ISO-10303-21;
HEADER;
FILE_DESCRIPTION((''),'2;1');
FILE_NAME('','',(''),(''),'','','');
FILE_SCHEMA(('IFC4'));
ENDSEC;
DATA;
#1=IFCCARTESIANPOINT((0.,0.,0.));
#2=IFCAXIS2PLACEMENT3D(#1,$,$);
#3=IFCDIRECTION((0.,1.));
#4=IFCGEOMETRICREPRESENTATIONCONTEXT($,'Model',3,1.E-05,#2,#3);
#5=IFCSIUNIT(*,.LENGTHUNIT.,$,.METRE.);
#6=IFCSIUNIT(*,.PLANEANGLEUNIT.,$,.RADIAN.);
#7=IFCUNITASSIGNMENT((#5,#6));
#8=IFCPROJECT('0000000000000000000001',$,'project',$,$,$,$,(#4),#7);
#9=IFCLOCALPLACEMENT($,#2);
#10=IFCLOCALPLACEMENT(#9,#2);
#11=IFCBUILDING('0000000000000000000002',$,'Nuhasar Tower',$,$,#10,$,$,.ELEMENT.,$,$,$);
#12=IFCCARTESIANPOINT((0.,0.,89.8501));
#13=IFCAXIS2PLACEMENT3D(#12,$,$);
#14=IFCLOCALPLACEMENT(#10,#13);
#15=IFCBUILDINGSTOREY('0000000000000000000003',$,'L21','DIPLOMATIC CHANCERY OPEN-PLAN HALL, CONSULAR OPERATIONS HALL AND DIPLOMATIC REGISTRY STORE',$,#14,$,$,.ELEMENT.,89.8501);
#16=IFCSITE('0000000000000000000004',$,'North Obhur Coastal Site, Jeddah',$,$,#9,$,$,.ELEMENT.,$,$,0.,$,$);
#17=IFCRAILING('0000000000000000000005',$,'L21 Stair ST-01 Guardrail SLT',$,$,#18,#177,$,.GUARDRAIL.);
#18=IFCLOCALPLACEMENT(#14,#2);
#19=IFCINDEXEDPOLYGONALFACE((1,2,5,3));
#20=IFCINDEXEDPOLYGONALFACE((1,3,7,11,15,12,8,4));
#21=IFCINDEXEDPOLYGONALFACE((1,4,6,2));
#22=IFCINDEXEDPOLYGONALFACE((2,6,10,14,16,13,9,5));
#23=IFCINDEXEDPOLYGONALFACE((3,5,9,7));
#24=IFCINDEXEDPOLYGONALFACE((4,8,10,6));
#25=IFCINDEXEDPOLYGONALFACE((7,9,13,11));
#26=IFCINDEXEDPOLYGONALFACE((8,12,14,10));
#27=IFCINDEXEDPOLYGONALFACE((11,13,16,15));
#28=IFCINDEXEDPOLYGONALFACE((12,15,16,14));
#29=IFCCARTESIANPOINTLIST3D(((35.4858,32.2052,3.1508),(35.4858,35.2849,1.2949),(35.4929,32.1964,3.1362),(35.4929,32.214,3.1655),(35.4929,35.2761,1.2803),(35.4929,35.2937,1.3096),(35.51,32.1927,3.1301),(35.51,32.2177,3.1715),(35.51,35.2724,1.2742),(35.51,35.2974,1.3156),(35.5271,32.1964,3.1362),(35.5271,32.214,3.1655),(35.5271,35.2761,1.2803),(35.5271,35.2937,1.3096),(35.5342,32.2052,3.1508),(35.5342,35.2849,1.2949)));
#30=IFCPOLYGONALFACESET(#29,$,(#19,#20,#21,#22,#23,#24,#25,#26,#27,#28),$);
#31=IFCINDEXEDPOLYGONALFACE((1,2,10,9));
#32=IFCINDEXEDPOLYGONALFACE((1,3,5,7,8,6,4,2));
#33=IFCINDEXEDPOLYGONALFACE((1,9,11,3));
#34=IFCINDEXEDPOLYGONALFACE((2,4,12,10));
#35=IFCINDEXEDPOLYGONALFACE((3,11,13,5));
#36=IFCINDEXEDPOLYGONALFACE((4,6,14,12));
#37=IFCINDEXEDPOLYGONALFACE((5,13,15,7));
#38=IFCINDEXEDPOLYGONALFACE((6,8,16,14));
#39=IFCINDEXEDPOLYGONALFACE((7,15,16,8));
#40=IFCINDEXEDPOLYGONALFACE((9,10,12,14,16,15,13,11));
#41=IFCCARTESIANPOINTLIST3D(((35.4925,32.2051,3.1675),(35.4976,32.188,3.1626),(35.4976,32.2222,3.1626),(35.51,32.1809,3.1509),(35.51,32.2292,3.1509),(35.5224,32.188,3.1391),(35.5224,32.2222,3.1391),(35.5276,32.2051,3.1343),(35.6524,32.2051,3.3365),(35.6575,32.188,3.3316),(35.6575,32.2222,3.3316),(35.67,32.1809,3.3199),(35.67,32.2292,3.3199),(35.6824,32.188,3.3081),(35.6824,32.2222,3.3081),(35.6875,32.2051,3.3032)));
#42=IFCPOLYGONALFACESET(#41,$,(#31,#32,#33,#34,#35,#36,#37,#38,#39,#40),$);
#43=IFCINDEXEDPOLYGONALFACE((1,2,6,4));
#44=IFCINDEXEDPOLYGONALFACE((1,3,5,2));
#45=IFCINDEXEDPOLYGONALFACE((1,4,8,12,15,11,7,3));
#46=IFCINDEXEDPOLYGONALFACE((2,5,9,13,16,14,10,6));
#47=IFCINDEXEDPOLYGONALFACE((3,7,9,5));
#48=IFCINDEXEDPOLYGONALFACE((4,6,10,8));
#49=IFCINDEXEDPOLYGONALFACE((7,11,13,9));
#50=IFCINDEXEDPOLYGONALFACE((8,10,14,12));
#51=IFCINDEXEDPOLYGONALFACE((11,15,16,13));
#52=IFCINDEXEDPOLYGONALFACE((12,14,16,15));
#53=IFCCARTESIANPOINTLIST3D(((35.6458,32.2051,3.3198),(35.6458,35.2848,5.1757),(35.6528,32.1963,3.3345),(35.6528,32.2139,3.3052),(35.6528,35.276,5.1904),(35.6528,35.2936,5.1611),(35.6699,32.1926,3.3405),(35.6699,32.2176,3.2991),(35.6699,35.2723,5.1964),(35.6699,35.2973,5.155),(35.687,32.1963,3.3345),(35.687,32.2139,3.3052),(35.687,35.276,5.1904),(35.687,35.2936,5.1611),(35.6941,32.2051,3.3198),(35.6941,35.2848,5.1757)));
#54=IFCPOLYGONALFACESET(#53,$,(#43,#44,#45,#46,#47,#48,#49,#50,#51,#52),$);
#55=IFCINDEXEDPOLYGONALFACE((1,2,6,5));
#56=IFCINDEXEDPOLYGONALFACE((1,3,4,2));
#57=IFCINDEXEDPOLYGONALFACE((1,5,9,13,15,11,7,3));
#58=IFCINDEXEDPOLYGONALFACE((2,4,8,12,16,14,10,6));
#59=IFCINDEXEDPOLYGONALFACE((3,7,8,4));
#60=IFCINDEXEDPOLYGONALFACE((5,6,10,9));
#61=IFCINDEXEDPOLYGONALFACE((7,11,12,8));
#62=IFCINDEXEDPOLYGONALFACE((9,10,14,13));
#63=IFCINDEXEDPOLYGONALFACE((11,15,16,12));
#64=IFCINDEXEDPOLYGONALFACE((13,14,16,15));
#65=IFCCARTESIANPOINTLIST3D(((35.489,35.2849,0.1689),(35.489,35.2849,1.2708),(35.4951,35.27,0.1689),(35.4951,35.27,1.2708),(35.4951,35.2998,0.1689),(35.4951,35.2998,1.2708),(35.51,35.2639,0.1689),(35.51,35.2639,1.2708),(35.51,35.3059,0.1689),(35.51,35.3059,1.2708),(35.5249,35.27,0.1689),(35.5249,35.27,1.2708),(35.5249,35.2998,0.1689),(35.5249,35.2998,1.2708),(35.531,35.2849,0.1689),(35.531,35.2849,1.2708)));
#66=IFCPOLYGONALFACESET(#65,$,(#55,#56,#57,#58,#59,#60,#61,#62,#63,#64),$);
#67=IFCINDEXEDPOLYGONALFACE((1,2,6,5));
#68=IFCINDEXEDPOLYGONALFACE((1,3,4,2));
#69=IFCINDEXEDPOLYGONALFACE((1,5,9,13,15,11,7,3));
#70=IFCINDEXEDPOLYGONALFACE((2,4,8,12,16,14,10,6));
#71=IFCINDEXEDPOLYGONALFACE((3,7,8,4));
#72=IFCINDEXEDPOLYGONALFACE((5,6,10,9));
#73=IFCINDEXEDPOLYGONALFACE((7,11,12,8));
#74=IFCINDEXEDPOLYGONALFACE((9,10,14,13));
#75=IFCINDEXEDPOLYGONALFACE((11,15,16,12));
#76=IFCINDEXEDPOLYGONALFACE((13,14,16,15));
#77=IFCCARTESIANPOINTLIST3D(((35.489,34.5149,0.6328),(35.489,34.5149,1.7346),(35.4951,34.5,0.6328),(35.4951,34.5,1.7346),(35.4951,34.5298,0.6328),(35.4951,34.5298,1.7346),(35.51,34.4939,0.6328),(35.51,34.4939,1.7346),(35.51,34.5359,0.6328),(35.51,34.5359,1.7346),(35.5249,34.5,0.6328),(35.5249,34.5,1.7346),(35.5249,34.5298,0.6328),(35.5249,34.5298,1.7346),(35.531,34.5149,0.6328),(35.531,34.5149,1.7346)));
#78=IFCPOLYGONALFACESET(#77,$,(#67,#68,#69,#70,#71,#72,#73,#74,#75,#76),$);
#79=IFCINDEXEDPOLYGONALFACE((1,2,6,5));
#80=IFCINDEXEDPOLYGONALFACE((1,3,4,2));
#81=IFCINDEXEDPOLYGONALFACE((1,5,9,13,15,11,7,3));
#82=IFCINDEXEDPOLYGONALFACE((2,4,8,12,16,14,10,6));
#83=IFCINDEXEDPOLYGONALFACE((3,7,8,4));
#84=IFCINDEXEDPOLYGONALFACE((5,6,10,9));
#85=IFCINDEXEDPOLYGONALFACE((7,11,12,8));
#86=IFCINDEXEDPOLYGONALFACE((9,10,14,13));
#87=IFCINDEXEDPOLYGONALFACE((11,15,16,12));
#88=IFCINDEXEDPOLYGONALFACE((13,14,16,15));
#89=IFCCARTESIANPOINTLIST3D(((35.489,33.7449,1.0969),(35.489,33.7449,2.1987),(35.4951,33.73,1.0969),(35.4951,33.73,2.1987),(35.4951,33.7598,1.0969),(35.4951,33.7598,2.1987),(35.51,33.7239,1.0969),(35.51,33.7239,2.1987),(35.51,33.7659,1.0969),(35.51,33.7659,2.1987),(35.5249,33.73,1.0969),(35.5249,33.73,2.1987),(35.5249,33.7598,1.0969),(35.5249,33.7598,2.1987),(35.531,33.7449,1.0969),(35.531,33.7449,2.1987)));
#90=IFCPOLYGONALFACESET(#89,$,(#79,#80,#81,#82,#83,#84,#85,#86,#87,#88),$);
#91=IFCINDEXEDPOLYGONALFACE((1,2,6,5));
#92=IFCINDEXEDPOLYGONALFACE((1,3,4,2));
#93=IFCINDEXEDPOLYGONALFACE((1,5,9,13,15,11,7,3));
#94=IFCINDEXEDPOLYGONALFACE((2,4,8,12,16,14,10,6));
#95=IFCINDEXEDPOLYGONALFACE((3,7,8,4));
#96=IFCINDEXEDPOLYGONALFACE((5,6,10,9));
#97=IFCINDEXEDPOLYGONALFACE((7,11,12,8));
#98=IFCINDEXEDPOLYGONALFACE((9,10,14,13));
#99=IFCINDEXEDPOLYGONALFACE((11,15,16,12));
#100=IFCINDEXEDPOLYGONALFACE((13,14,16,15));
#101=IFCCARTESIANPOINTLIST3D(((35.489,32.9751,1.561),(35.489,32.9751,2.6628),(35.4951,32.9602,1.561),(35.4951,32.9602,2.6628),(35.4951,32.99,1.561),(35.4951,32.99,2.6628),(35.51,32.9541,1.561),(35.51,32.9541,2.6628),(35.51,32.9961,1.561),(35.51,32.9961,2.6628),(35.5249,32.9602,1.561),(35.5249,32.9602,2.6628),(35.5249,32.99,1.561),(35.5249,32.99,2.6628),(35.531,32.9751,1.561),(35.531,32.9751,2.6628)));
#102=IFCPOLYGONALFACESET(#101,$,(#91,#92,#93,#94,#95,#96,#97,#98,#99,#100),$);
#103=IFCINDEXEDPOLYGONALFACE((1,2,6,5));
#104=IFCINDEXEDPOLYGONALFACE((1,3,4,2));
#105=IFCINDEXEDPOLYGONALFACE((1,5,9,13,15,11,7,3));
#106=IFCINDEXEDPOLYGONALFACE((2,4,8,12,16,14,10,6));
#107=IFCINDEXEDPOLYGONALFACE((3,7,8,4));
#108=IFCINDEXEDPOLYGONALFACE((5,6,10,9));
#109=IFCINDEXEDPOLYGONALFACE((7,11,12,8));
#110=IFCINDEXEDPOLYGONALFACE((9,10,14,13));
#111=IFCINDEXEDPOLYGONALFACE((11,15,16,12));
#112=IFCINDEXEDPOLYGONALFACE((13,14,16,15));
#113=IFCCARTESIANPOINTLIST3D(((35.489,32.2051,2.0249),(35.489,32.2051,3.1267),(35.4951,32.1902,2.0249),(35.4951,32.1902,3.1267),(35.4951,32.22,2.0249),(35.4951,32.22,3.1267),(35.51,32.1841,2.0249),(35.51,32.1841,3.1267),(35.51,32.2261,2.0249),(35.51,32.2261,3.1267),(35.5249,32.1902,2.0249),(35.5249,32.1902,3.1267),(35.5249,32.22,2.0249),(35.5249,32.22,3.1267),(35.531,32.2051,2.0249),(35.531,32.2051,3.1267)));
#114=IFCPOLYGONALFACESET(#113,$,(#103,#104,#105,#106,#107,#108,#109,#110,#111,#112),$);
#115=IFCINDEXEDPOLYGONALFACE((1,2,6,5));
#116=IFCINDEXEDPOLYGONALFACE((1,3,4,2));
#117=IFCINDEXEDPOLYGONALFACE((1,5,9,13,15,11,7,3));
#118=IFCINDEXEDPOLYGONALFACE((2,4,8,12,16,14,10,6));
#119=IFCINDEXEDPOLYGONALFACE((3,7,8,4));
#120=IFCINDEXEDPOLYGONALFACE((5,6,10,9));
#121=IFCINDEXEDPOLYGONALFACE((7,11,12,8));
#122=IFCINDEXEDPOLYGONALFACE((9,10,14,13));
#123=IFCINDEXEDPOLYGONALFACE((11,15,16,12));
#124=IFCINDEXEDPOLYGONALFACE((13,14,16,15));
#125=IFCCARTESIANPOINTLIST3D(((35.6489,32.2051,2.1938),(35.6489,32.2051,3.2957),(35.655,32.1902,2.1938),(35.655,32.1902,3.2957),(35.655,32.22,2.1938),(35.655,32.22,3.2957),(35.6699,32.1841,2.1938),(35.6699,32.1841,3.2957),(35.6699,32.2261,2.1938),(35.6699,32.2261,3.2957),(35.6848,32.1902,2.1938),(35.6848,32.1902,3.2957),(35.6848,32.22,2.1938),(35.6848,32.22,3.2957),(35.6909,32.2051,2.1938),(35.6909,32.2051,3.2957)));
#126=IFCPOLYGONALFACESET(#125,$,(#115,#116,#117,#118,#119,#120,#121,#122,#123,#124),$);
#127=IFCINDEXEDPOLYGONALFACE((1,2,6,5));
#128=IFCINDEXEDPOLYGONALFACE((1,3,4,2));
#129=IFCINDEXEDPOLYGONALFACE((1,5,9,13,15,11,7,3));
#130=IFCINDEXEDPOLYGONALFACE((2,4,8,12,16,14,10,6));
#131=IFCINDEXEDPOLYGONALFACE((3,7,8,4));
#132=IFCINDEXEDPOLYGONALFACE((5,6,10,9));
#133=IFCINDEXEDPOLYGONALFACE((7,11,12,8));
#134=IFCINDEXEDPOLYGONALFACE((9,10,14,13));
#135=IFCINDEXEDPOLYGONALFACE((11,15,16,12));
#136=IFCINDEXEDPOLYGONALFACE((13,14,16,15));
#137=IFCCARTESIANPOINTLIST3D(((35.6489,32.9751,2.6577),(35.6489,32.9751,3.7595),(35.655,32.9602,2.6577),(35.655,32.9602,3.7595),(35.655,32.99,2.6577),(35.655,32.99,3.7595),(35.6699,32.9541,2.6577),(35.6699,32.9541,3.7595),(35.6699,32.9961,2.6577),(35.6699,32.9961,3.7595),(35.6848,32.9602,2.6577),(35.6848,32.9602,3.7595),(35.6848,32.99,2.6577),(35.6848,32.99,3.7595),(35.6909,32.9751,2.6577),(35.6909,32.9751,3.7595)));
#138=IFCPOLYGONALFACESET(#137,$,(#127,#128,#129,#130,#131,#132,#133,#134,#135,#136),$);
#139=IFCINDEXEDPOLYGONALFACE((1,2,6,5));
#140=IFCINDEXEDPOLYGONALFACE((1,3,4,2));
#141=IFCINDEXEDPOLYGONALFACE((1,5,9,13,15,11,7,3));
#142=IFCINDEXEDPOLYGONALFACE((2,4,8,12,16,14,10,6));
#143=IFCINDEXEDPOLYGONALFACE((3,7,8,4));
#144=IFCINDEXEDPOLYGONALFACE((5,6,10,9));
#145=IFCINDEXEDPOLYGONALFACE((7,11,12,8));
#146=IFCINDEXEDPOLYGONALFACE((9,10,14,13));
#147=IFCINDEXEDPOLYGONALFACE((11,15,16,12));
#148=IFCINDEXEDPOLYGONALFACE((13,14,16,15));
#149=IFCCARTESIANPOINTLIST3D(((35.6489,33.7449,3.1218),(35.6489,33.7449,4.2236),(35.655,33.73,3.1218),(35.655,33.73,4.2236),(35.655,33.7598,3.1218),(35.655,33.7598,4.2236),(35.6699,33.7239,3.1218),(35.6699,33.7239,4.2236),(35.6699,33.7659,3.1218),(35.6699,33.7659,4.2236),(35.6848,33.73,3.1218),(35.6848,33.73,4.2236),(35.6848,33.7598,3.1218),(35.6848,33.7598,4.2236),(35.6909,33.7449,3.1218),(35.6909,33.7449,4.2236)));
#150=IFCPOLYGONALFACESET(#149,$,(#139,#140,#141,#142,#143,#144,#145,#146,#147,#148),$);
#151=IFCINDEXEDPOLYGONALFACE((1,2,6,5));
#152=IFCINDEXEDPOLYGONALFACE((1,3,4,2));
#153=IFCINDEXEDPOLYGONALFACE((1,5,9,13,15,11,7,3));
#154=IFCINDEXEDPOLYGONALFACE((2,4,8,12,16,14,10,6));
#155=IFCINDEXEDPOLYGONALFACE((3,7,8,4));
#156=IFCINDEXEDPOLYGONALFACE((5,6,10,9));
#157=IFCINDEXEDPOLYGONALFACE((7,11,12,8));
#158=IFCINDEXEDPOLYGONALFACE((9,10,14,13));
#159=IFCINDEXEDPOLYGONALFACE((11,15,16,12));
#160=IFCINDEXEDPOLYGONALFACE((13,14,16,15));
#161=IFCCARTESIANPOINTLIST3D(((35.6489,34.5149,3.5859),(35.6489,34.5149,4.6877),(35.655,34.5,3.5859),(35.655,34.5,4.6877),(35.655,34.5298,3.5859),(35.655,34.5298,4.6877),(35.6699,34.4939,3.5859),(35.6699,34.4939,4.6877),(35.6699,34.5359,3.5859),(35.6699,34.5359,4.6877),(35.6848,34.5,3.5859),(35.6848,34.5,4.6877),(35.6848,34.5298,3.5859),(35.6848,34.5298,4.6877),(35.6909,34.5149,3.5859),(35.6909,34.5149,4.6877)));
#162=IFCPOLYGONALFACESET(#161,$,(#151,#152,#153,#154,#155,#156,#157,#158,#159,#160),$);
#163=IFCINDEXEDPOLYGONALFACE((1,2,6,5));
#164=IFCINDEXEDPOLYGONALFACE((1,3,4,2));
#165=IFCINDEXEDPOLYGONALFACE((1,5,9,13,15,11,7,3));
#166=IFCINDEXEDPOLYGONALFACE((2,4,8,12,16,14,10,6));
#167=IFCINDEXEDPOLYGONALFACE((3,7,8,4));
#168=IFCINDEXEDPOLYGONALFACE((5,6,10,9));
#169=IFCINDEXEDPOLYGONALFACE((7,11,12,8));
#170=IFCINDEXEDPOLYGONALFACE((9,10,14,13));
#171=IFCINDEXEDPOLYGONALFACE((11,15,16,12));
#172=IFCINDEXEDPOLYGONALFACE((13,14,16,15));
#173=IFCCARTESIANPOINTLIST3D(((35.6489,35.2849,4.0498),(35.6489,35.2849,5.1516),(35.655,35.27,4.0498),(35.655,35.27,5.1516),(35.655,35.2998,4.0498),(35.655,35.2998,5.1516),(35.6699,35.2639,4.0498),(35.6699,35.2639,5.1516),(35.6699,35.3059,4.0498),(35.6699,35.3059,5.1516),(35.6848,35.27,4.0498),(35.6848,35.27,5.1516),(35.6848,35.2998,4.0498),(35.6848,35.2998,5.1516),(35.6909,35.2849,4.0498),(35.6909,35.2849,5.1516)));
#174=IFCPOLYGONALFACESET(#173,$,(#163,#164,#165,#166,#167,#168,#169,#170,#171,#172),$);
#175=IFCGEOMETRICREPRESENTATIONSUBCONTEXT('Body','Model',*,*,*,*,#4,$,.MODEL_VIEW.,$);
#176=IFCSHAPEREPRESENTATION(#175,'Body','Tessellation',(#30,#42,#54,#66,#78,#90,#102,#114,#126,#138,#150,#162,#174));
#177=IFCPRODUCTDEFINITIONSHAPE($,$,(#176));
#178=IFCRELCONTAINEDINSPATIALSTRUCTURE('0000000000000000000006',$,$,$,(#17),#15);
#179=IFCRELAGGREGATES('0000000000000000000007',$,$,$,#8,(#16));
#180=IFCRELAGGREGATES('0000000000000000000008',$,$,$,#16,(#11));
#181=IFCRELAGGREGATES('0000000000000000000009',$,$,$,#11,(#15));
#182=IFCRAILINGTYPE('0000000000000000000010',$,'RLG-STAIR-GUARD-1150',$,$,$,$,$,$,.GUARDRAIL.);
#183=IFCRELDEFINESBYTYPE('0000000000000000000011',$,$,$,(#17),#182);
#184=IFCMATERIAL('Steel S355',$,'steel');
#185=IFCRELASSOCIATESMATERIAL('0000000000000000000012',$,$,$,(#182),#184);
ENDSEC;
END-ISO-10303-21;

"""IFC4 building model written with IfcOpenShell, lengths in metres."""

from ifc_helpers import new_model, si_unit, direction, frame, origin, place, context, subcontext, project, spatial, polyline, outline, extrude, material, type_object, element, save


model = new_model("IFC4")

# Units and contexts
model_context = context("Model", 3, precision=1e-05, world=origin(), true_north=direction((0.0, 1.0)))
body_context = subcontext(model_context, "Body", "Model", "MODEL_VIEW")
ifc_project = project(units=[si_unit("LENGTHUNIT", "METRE"), si_unit("PLANEANGLEUNIT", "RADIAN")], contexts=[model_context])

# Site, building, storey
site_placement = place(None, origin())
site = spatial("IfcSite", under=ifc_project, at=site_placement, Name="North Obhur Coastal Site, Jeddah", CompositionType="ELEMENT", RefElevation=0.0)
building_placement = place(site_placement, origin())
building = spatial("IfcBuilding", under=site, at=building_placement, Name="Nuhasar Tower", CompositionType="ELEMENT")
storey_placement = place(building_placement, frame((0.0, 0.0, 89.8501)))
storey = spatial("IfcBuildingStorey", under=building, at=storey_placement, Name="L21", Description="DIPLOMATIC CHANCERY OPEN-PLAN HALL, CONSULAR OPERATIONS HALL AND DIPLOMATIC REGISTRY STORE", CompositionType="ELEMENT", Elevation=89.8501)

# Shared definitions
ifc_material_1 = material(Name="Steel S355", Category="steel")

# Railing
railing_type_1 = type_object("IfcRailingType", Name="RLG-STAIR-GUARD-1150", PredefinedType="GUARDRAIL", material=ifc_material_1)
railing_1_placement = place(storey_placement, frame((35.51, 35.2849, 0.1689)))
element("IfcRailing", 1, at=railing_1_placement, inside=storey, type_object=railing_type_1, Name="L21 Stair ST-01 Guardrail SLT", PredefinedType="GUARDRAIL", context=body_context, shape_type="SweptSolid", body=[
    extrude(outline(polyline([(0.0242, 0.0), (0.0171, 0.0171), (0.0, 0.0242), (-0.0171, 0.0171), (-0.0242, 0.0), (-0.0171, -0.0171), (0.0, -0.0242), (0.0171, -0.0171), (0.0242, 0.0)])), frame((0.0, 0.0, 1.126), z_axis=(0.0, -0.856503, 0.516142), x_axis=(1.0, 0.0, 0.0)), (0.0, 0.0, 1.0), 3.5957),
    extrude(outline(polyline([(0.0242, 0.0), (0.0171, 0.0171), (0.0, 0.0242), (-0.0171, 0.0171), (-0.0242, 0.0), (-0.0171, -0.0171), (0.0, -0.0242), (0.0171, -0.0171), (0.0242, 0.0)])), frame((0.0, -3.0798, 2.9819), z_axis=(0.687424, 0.0, 0.726256), x_axis=(0.0, 1.0, 0.0)), (0.0, 0.0, 1.0), 0.2327),
    extrude(outline(polyline([(0.0242, 0.0), (0.0171, 0.0171), (0.0, 0.0242), (-0.0171, 0.0171), (-0.0242, 0.0), (-0.0171, -0.0171), (0.0, -0.0242), (0.0171, -0.0171), (0.0242, 0.0)])), frame((0.1599, -3.0798, 3.1509), z_axis=(0.0, 0.856503, 0.516142), x_axis=(-1.0, 0.0, 0.0)), (0.0, 0.0, 1.0), 3.5957),
    extrude(outline(polyline([(0.021, 0.0), (0.0149, 0.0149), (0.0, 0.021), (-0.0149, 0.0149), (-0.021, 0.0), (-0.0149, -0.0149), (0.0, -0.021), (0.0149, -0.0149), (0.021, 0.0)])), origin(), (0.0, 0.0, 1.0), 1.1018),
    extrude(outline(polyline([(0.021, 0.0), (0.0149, 0.0149), (0.0, 0.021), (-0.0149, 0.0149), (-0.021, 0.0), (-0.0149, -0.0149), (0.0, -0.021), (0.0149, -0.0149), (0.021, 0.0)])), frame((0.0, -0.77, 0.4639)), (0.0, 0.0, 1.0), 1.1018),
    extrude(outline(polyline([(0.021, 0.0), (0.0149, 0.0149), (0.0, 0.021), (-0.0149, 0.0149), (-0.021, 0.0), (-0.0149, -0.0149), (0.0, -0.021), (0.0149, -0.0149), (0.021, 0.0)])), frame((0.0, -1.54, 0.928)), (0.0, 0.0, 1.0), 1.1018),
    extrude(outline(polyline([(0.021, 0.0), (0.0149, 0.0149), (0.0, 0.021), (-0.0149, 0.0149), (-0.021, 0.0), (-0.0149, -0.0149), (0.0, -0.021), (0.0149, -0.0149), (0.021, 0.0)])), frame((0.0, -2.3098, 1.3921)), (0.0, 0.0, 1.0), 1.1018),
    extrude(outline(polyline([(0.021, 0.0), (0.0149, 0.0149), (0.0, 0.021), (-0.0149, 0.0149), (-0.021, 0.0), (-0.0149, -0.0149), (0.0, -0.021), (0.0149, -0.0149), (0.021, 0.0)])), frame((0.0, -3.0798, 1.856)), (0.0, 0.0, 1.0), 1.1018),
    extrude(outline(polyline([(0.021, 0.0), (0.0149, 0.0149), (0.0, 0.021), (-0.0149, 0.0149), (-0.021, 0.0), (-0.0149, -0.0149), (0.0, -0.021), (0.0149, -0.0149), (0.021, 0.0)])), frame((0.1599, -3.0798, 2.0249)), (0.0, 0.0, 1.0), 1.1018),
    extrude(outline(polyline([(0.021, 0.0), (0.0149, 0.0149), (0.0, 0.021), (-0.0149, 0.0149), (-0.021, 0.0), (-0.0149, -0.0149), (0.0, -0.021), (0.0149, -0.0149), (0.021, 0.0)])), frame((0.1599, -2.3098, 2.4888)), (0.0, 0.0, 1.0), 1.1018),
    extrude(outline(polyline([(0.021, 0.0), (0.0149, 0.0149), (0.0, 0.021), (-0.0149, 0.0149), (-0.021, 0.0), (-0.0149, -0.0149), (0.0, -0.021), (0.0149, -0.0149), (0.021, 0.0)])), frame((0.1599, -1.54, 2.9529)), (0.0, 0.0, 1.0), 1.1018),
    extrude(outline(polyline([(0.021, 0.0), (0.0149, 0.0149), (0.0, 0.021), (-0.0149, 0.0149), (-0.021, 0.0), (-0.0149, -0.0149), (0.0, -0.021), (0.0149, -0.0149), (0.021, 0.0)])), frame((0.1599, -0.77, 3.417)), (0.0, 0.0, 1.0), 1.1018),
    extrude(outline(polyline([(0.021, 0.0), (0.0149, 0.0149), (0.0, 0.021), (-0.0149, 0.0149), (-0.021, 0.0), (-0.0149, -0.0149), (0.0, -0.021), (0.0149, -0.0149), (0.021, 0.0)])), frame((0.1599, 0.0, 3.8809)), (0.0, 0.0, 1.0), 1.1018),
])

save(model, "model.ifc")
